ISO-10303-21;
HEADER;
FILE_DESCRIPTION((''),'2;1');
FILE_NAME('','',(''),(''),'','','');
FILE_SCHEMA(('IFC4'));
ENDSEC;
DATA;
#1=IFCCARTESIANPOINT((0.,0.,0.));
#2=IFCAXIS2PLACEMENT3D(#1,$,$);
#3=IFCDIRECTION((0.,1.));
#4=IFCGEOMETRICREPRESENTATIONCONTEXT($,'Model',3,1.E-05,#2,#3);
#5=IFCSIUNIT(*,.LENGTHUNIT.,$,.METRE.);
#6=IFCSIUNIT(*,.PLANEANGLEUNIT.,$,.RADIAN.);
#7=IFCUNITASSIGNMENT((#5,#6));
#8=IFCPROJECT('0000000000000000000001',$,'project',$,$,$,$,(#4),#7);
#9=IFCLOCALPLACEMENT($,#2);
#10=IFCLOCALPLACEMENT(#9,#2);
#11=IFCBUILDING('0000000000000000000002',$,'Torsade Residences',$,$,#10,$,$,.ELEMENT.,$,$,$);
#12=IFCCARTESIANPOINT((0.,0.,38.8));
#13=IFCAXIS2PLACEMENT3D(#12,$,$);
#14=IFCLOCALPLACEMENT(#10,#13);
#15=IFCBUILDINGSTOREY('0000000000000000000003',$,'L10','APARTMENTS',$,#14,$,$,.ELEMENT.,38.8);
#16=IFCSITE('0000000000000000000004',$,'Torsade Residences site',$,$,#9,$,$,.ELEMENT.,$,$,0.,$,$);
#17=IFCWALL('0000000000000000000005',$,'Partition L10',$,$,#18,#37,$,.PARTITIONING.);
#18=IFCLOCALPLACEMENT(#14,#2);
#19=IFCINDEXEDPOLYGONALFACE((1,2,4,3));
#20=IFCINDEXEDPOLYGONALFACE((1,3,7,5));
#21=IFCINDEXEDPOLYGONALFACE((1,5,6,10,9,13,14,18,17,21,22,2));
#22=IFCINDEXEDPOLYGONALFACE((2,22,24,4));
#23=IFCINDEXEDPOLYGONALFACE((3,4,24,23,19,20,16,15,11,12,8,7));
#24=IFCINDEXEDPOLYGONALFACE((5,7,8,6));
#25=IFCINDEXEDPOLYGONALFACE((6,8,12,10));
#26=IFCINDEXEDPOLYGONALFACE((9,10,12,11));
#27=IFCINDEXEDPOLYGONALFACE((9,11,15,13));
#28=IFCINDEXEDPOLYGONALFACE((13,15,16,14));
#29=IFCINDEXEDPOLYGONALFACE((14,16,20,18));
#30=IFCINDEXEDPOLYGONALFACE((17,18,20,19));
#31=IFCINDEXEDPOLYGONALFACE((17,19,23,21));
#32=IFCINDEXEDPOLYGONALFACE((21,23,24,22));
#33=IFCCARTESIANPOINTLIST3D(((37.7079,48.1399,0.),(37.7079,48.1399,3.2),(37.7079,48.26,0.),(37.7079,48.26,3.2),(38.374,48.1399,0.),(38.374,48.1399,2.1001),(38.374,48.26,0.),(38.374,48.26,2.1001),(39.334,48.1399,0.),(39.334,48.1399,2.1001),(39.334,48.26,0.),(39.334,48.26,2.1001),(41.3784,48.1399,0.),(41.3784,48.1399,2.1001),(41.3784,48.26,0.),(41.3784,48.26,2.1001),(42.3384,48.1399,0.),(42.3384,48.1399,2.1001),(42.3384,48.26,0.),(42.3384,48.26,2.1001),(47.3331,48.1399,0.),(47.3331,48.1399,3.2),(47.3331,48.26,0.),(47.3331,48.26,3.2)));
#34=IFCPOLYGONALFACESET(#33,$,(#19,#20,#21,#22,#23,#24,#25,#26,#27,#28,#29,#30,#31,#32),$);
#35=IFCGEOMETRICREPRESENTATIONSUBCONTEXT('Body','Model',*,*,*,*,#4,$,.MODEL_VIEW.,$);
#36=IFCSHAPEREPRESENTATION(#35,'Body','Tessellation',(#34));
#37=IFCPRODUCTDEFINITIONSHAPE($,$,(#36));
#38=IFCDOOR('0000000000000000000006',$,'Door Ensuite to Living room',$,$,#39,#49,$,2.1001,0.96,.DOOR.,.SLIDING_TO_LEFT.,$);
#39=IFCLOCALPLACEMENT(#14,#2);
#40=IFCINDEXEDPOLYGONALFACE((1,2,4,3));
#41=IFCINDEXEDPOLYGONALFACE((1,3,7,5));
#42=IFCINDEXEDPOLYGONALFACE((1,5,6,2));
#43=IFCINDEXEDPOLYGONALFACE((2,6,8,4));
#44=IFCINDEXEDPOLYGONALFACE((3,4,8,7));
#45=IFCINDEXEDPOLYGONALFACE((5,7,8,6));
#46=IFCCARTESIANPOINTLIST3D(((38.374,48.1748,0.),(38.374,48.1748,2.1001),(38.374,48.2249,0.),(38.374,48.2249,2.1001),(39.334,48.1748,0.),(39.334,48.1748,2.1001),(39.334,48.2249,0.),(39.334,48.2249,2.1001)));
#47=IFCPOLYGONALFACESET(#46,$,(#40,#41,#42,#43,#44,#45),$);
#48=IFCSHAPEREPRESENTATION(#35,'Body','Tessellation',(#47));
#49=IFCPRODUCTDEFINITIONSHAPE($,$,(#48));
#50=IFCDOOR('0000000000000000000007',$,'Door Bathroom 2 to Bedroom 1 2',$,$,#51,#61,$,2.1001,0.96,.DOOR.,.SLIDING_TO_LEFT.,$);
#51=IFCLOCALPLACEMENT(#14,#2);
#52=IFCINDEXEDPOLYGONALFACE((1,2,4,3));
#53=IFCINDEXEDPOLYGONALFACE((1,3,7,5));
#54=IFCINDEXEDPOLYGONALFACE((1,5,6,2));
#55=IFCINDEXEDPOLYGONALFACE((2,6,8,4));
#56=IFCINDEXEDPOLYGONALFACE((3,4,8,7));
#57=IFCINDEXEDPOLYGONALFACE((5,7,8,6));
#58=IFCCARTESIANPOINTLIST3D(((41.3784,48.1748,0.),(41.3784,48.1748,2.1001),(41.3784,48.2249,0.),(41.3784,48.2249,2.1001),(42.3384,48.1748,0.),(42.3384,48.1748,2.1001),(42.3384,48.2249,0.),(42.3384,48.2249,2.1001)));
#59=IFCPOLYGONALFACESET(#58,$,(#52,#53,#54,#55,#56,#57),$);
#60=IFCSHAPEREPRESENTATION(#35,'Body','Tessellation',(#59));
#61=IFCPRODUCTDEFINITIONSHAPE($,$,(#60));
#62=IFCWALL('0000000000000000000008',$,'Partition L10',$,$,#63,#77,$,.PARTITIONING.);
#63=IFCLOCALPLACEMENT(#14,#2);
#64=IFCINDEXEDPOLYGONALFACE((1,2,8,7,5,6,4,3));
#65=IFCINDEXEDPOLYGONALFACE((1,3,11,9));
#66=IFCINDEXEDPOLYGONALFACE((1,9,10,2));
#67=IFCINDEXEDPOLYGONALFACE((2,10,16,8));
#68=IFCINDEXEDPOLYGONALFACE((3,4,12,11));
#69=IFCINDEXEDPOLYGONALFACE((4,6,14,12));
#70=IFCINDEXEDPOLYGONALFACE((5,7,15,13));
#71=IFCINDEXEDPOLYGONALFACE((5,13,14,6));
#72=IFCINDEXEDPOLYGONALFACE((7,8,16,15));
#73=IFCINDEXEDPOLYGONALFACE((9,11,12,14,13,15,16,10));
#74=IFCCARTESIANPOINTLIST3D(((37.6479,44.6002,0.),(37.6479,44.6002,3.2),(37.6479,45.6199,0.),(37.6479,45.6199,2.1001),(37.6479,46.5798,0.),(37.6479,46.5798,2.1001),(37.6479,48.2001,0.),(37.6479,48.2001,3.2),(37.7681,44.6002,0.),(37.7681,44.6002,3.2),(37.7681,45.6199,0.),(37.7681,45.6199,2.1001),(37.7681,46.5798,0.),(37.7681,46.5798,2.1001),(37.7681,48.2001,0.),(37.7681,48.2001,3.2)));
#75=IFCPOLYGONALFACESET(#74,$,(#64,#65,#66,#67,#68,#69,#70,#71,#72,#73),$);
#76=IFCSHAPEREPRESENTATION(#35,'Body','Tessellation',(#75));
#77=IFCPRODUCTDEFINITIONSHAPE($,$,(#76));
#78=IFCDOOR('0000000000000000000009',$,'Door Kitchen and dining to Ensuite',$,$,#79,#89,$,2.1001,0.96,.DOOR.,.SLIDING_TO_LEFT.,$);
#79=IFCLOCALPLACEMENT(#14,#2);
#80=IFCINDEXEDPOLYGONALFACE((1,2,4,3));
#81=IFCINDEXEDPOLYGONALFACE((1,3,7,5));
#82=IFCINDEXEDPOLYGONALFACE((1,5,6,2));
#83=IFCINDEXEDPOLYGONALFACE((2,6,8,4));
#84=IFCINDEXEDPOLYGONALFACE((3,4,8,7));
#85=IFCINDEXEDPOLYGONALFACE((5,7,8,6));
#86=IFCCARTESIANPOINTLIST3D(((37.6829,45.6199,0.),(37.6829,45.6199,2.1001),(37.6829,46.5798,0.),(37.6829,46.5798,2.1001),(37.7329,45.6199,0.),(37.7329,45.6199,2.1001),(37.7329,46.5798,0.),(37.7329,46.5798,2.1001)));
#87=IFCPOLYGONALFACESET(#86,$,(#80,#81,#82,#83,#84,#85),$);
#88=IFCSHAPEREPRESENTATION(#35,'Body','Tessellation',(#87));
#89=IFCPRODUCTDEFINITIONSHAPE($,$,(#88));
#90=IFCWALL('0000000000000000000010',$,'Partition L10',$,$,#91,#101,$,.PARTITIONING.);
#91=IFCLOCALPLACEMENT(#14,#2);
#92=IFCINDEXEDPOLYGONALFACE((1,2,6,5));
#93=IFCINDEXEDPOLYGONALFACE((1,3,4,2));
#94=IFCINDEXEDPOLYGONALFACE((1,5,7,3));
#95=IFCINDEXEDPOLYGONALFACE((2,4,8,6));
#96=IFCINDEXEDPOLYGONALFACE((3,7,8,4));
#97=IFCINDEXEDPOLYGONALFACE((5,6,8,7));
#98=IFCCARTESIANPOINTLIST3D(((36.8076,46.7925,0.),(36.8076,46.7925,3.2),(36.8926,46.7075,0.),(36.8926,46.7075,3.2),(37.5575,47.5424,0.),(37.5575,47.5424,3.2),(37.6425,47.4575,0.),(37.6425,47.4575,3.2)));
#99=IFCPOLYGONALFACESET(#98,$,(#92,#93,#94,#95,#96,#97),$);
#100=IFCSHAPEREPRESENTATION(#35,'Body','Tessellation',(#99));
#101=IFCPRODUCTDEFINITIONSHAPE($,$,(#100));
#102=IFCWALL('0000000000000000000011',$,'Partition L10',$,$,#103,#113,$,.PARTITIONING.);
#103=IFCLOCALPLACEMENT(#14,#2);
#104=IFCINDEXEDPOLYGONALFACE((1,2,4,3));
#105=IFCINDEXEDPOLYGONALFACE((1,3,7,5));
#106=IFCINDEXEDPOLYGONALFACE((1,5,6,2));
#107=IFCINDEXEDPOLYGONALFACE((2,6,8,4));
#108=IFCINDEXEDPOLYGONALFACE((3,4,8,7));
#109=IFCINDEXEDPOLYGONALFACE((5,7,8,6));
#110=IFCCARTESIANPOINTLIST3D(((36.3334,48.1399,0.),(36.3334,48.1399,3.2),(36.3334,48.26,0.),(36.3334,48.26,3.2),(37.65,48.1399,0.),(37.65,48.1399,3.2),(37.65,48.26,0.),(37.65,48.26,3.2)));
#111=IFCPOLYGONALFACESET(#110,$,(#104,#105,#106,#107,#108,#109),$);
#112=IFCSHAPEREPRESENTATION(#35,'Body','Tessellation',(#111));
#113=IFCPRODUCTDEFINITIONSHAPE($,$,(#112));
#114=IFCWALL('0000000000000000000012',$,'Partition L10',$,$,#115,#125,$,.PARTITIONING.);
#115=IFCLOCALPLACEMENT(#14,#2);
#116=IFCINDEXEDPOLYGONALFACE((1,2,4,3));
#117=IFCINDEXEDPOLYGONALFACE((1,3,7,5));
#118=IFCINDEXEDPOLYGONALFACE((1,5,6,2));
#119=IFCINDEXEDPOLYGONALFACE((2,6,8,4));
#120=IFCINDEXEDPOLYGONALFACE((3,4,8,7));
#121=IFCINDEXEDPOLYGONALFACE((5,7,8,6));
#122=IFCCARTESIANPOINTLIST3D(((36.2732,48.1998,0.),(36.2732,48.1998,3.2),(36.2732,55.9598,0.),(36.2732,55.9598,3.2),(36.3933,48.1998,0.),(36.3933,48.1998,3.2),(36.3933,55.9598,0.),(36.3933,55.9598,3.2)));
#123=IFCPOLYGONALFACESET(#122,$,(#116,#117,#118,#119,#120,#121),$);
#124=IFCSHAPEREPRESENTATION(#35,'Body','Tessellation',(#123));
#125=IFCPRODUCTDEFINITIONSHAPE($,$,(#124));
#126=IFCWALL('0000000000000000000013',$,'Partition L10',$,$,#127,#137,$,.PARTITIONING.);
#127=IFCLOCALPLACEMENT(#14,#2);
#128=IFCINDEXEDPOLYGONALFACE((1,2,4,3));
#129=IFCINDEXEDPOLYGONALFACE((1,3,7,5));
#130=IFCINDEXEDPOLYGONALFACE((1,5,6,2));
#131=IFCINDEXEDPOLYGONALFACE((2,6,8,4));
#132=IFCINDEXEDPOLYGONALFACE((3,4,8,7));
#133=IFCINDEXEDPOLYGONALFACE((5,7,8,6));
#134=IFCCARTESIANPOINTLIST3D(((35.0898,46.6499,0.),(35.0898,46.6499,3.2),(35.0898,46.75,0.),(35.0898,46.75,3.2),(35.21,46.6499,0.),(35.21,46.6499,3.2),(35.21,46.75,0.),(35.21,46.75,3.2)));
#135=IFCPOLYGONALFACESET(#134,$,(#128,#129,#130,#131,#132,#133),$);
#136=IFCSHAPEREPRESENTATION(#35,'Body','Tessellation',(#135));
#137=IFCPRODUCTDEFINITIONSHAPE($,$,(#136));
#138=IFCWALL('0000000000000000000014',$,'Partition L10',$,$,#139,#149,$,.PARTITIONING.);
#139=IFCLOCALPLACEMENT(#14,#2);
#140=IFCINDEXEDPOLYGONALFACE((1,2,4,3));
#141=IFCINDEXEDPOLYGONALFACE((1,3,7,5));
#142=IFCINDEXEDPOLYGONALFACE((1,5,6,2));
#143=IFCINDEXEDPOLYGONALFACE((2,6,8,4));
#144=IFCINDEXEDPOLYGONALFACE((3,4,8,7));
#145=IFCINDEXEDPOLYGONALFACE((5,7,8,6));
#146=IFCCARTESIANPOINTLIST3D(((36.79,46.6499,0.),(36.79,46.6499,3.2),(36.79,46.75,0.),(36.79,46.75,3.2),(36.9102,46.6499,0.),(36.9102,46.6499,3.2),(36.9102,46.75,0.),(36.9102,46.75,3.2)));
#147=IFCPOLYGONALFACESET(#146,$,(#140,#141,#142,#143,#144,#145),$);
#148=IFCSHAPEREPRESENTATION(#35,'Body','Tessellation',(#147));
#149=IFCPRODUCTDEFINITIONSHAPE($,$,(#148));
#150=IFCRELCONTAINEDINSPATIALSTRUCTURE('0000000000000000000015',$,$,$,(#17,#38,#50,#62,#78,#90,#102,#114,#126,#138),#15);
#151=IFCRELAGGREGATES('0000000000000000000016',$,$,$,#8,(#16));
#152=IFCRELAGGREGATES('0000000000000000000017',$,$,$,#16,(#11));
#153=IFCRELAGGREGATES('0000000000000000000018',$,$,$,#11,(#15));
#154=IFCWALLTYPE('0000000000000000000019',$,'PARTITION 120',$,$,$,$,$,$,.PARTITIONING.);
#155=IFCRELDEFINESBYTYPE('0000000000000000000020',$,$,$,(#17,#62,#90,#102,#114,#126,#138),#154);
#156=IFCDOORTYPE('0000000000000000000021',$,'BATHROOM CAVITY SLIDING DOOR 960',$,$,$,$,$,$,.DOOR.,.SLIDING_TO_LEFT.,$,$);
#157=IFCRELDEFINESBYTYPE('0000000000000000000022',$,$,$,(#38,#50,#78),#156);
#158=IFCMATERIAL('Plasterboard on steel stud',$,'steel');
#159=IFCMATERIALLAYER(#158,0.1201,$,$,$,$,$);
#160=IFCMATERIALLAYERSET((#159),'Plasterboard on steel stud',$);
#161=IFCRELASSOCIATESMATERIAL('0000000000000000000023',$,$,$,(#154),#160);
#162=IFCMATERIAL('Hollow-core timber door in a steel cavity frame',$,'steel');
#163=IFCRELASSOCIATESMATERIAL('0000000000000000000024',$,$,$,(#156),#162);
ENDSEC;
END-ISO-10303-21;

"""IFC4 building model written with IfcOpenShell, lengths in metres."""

from ifc_helpers import new_model, si_unit, direction, frame, frame_2d, origin, place, context, subcontext, project, spatial, rectangle, extrude, material, layer, layer_set, type_object, element, fill, save


model = new_model("IFC4")

# Units and contexts
model_context = context("Model", 3, precision=1e-05, world=origin(), true_north=direction((0.0, 1.0)))
body_context = subcontext(model_context, "Body", "Model", "MODEL_VIEW")
ifc_project = project(units=[si_unit("LENGTHUNIT", "METRE"), si_unit("PLANEANGLEUNIT", "RADIAN")], contexts=[model_context])

# Site, building, storey
site_placement = place(None, origin())
site = spatial("IfcSite", under=ifc_project, at=site_placement, Name="Torsade Residences site", CompositionType="ELEMENT", RefElevation=0.0)
building_placement = place(site_placement, origin())
building = spatial("IfcBuilding", under=site, at=building_placement, Name="Torsade Residences", CompositionType="ELEMENT")
storey_placement = place(building_placement, frame((0.0, 0.0, 38.8)))
storey = spatial("IfcBuildingStorey", under=building, at=storey_placement, Name="L10", Description="APARTMENTS", CompositionType="ELEMENT", Elevation=38.8)

# Wall, openings, doors
ifc_material_1 = material(Name="Plasterboard on steel stud", Category="steel")
ifc_layer_1 = layer(ifc_material_1, 0.1201)
ifc_layer_set_1 = layer_set([ifc_layer_1], Name="Plasterboard on steel stud")
wall_type = type_object("IfcWallType", Name="PARTITION 120", PredefinedType="PARTITIONING", material=ifc_layer_set_1)
wall_1_placement = place(storey_placement, frame((37.708, 48.2, 0.0), z_axis=(0.0, 0.0, 1.0), x_axis=(1.0, 0.0, 0.0)))
wall_1 = element("IfcWall", 1, at=wall_1_placement, inside=storey, type_object=wall_type, Name="Partition L10", PredefinedType="PARTITIONING", context=body_context, shape_type="SweptSolid", body=[
    extrude(rectangle(XDim=9.6252, YDim=0.1201, at=frame_2d((4.8125, 0.0))), origin(), (0.0, 0.0, 1.0), 3.2),
])
opening_1_placement = place(wall_1_placement, frame((0.666, 0.0, 0.0)))
opening_1 = element("IfcOpeningElement", 2, at=opening_1_placement, cuts=wall_1, PredefinedType="OPENING", context=body_context, shape_type="SweptSolid", body=[
    extrude(rectangle(XDim=0.96, YDim=2.1001, at=frame_2d((0.48, 1.05))), frame((0.0, 0.0701, 0.0), z_axis=(0.0, -1.0, 0.0), x_axis=(1.0, 0.0, 0.0)), (0.0, 0.0, 1.0), 0.1401),
])
opening_2_placement = place(wall_1_placement, frame((3.6704, 0.0, 0.0)))
opening_2 = element("IfcOpeningElement", 3, at=opening_2_placement, cuts=wall_1, PredefinedType="OPENING", context=body_context, shape_type="SweptSolid", body=[
    extrude(rectangle(XDim=0.96, YDim=2.1001, at=frame_2d((0.48, 1.05))), frame((0.0, 0.0701, 0.0), z_axis=(0.0, -1.0, 0.0), x_axis=(1.0, 0.0, 0.0)), (0.0, 0.0, 1.0), 0.1401),
])
ifc_material_2 = material(Name="Hollow-core timber door in a steel cavity frame", Category="steel")
door_type = type_object("IfcDoorType", Name="BATHROOM CAVITY SLIDING DOOR 960", OperationType="SLIDING_TO_LEFT", PredefinedType="DOOR", material=ifc_material_2)
door_1_placement = place(opening_1_placement, origin())
door_1 = element("IfcDoor", 4, at=door_1_placement, inside=storey, type_object=door_type, Name="Door Ensuite to Living room", OperationType="SLIDING_TO_LEFT", OverallHeight=2.1001, OverallWidth=0.96, PredefinedType="DOOR", context=body_context, shape_type="SweptSolid", body=[
    extrude(rectangle(XDim=0.96, YDim=2.1001, at=frame_2d((0.48, 1.05))), frame((0.0, 0.0249, 0.0), z_axis=(0.0, -1.0, 0.0), x_axis=(1.0, 0.0, 0.0)), (0.0, 0.0, 1.0), 0.05),
])
fill(opening_1, door_1)
door_2_placement = place(opening_2_placement, origin())
door_2 = element("IfcDoor", 5, at=door_2_placement, inside=storey, type_object=door_type, Name="Door Bathroom 2 to Bedroom 1 2", OperationType="SLIDING_TO_LEFT", OverallHeight=2.1001, OverallWidth=0.96, PredefinedType="DOOR", context=body_context, shape_type="SweptSolid", body=[
    extrude(rectangle(XDim=0.96, YDim=2.1001, at=frame_2d((0.48, 1.05))), frame((0.0, 0.0249, 0.0), z_axis=(0.0, -1.0, 0.0), x_axis=(1.0, 0.0, 0.0)), (0.0, 0.0, 1.0), 0.05),
])
fill(opening_2, door_2)

# Wall, opening, door
wall_2_placement = place(storey_placement, frame((37.708, 48.2, 0.0), z_axis=(0.0, 0.0, 1.0), x_axis=(0.0, -1.0, 0.0)))
wall_2 = element("IfcWall", 6, at=wall_2_placement, inside=storey, type_object=wall_type, Name="Partition L10", PredefinedType="PARTITIONING", context=body_context, shape_type="SweptSolid", body=[
    extrude(rectangle(XDim=3.5999, YDim=0.1201, at=frame_2d((1.7998, 0.0))), origin(), (0.0, 0.0, 1.0), 3.2),
])
opening_3_placement = place(wall_2_placement, frame((1.6201, 0.0, 0.0)))
opening_3 = element("IfcOpeningElement", 7, at=opening_3_placement, cuts=wall_2, PredefinedType="OPENING", context=body_context, shape_type="SweptSolid", body=[
    extrude(rectangle(XDim=0.96, YDim=2.1001, at=frame_2d((0.48, 1.05))), frame((0.0, 0.0701, 0.0), z_axis=(0.0, -1.0, 0.0), x_axis=(1.0, 0.0, 0.0)), (0.0, 0.0, 1.0), 0.1401),
])
door_3_placement = place(opening_3_placement, origin())
door_3 = element("IfcDoor", 8, at=door_3_placement, inside=storey, type_object=door_type, Name="Door Kitchen and dining to Ensuite", OperationType="SLIDING_TO_LEFT", OverallHeight=2.1001, OverallWidth=0.96, PredefinedType="DOOR", context=body_context, shape_type="SweptSolid", body=[
    extrude(rectangle(XDim=0.96, YDim=2.1001, at=frame_2d((0.48, 1.05))), frame((0.0, 0.0249, 0.0), z_axis=(0.0, -1.0, 0.0), x_axis=(1.0, 0.0, 0.0)), (0.0, 0.0, 1.0), 0.05),
])
fill(opening_3, door_3)

# Walls
wall_3_placement = place(storey_placement, frame((36.8501, 46.75, 0.0), z_axis=(0.0, 0.0, 1.0), x_axis=(0.707107, 0.707107, 0.0)))
element("IfcWall", 9, at=wall_3_placement, inside=storey, type_object=wall_type, Name="Partition L10", PredefinedType="PARTITIONING", context=body_context, shape_type="SweptSolid", body=[
    extrude(rectangle(XDim=1.0605, YDim=0.1201, at=frame_2d((0.5303, 0.0))), origin(), (0.0, 0.0, 1.0), 3.2),
])
wall_4_placement = place(storey_placement, frame((37.6499, 48.2, 0.0), z_axis=(0.0, 0.0, 1.0), x_axis=(-1.0, 0.0, 0.0)))
element("IfcWall", 10, at=wall_4_placement, inside=storey, type_object=wall_type, Name="Partition L10", PredefinedType="PARTITIONING", context=body_context, shape_type="SweptSolid", body=[
    extrude(rectangle(XDim=1.3167, YDim=0.1201, at=frame_2d((0.6582, 0.0))), origin(), (0.0, 0.0, 1.0), 3.2),
])
wall_5_placement = place(storey_placement, frame((36.3333, 48.2, 0.0), z_axis=(0.0, 0.0, 1.0), x_axis=(0.0, 1.0, 0.0)))
element("IfcWall", 11, at=wall_5_placement, inside=storey, type_object=wall_type, Name="Partition L10", PredefinedType="PARTITIONING", context=body_context, shape_type="SweptSolid", body=[
    extrude(rectangle(XDim=7.76, YDim=0.1201, at=frame_2d((3.8799, 0.0))), origin(), (0.0, 0.0, 1.0), 3.2),
])
for number, where, z_axis, x_axis, name in (
    (12, (35.1499, 46.6499, 0.0), (0.0, 0.0, 1.0), (0.0, 1.0, 0.0), "Partition L10"),
    (13, (36.8501, 46.6499, 0.0), (0.0, 0.0, 1.0), (0.0, 1.0, 0.0), "Partition L10"),
):
    element("IfcWall", number, at=place(storey_placement, frame(where, z_axis=z_axis, x_axis=x_axis)), inside=storey, type_object=wall_type, Name=name, PredefinedType="PARTITIONING", context=body_context, shape_type="SweptSolid", body=[
        extrude(rectangle(XDim=0.1001, YDim=0.1201, at=frame_2d((0.05, 0.0))), origin(), (0.0, 0.0, 1.0), 3.2),
    ])

save(model, "model.ifc")
